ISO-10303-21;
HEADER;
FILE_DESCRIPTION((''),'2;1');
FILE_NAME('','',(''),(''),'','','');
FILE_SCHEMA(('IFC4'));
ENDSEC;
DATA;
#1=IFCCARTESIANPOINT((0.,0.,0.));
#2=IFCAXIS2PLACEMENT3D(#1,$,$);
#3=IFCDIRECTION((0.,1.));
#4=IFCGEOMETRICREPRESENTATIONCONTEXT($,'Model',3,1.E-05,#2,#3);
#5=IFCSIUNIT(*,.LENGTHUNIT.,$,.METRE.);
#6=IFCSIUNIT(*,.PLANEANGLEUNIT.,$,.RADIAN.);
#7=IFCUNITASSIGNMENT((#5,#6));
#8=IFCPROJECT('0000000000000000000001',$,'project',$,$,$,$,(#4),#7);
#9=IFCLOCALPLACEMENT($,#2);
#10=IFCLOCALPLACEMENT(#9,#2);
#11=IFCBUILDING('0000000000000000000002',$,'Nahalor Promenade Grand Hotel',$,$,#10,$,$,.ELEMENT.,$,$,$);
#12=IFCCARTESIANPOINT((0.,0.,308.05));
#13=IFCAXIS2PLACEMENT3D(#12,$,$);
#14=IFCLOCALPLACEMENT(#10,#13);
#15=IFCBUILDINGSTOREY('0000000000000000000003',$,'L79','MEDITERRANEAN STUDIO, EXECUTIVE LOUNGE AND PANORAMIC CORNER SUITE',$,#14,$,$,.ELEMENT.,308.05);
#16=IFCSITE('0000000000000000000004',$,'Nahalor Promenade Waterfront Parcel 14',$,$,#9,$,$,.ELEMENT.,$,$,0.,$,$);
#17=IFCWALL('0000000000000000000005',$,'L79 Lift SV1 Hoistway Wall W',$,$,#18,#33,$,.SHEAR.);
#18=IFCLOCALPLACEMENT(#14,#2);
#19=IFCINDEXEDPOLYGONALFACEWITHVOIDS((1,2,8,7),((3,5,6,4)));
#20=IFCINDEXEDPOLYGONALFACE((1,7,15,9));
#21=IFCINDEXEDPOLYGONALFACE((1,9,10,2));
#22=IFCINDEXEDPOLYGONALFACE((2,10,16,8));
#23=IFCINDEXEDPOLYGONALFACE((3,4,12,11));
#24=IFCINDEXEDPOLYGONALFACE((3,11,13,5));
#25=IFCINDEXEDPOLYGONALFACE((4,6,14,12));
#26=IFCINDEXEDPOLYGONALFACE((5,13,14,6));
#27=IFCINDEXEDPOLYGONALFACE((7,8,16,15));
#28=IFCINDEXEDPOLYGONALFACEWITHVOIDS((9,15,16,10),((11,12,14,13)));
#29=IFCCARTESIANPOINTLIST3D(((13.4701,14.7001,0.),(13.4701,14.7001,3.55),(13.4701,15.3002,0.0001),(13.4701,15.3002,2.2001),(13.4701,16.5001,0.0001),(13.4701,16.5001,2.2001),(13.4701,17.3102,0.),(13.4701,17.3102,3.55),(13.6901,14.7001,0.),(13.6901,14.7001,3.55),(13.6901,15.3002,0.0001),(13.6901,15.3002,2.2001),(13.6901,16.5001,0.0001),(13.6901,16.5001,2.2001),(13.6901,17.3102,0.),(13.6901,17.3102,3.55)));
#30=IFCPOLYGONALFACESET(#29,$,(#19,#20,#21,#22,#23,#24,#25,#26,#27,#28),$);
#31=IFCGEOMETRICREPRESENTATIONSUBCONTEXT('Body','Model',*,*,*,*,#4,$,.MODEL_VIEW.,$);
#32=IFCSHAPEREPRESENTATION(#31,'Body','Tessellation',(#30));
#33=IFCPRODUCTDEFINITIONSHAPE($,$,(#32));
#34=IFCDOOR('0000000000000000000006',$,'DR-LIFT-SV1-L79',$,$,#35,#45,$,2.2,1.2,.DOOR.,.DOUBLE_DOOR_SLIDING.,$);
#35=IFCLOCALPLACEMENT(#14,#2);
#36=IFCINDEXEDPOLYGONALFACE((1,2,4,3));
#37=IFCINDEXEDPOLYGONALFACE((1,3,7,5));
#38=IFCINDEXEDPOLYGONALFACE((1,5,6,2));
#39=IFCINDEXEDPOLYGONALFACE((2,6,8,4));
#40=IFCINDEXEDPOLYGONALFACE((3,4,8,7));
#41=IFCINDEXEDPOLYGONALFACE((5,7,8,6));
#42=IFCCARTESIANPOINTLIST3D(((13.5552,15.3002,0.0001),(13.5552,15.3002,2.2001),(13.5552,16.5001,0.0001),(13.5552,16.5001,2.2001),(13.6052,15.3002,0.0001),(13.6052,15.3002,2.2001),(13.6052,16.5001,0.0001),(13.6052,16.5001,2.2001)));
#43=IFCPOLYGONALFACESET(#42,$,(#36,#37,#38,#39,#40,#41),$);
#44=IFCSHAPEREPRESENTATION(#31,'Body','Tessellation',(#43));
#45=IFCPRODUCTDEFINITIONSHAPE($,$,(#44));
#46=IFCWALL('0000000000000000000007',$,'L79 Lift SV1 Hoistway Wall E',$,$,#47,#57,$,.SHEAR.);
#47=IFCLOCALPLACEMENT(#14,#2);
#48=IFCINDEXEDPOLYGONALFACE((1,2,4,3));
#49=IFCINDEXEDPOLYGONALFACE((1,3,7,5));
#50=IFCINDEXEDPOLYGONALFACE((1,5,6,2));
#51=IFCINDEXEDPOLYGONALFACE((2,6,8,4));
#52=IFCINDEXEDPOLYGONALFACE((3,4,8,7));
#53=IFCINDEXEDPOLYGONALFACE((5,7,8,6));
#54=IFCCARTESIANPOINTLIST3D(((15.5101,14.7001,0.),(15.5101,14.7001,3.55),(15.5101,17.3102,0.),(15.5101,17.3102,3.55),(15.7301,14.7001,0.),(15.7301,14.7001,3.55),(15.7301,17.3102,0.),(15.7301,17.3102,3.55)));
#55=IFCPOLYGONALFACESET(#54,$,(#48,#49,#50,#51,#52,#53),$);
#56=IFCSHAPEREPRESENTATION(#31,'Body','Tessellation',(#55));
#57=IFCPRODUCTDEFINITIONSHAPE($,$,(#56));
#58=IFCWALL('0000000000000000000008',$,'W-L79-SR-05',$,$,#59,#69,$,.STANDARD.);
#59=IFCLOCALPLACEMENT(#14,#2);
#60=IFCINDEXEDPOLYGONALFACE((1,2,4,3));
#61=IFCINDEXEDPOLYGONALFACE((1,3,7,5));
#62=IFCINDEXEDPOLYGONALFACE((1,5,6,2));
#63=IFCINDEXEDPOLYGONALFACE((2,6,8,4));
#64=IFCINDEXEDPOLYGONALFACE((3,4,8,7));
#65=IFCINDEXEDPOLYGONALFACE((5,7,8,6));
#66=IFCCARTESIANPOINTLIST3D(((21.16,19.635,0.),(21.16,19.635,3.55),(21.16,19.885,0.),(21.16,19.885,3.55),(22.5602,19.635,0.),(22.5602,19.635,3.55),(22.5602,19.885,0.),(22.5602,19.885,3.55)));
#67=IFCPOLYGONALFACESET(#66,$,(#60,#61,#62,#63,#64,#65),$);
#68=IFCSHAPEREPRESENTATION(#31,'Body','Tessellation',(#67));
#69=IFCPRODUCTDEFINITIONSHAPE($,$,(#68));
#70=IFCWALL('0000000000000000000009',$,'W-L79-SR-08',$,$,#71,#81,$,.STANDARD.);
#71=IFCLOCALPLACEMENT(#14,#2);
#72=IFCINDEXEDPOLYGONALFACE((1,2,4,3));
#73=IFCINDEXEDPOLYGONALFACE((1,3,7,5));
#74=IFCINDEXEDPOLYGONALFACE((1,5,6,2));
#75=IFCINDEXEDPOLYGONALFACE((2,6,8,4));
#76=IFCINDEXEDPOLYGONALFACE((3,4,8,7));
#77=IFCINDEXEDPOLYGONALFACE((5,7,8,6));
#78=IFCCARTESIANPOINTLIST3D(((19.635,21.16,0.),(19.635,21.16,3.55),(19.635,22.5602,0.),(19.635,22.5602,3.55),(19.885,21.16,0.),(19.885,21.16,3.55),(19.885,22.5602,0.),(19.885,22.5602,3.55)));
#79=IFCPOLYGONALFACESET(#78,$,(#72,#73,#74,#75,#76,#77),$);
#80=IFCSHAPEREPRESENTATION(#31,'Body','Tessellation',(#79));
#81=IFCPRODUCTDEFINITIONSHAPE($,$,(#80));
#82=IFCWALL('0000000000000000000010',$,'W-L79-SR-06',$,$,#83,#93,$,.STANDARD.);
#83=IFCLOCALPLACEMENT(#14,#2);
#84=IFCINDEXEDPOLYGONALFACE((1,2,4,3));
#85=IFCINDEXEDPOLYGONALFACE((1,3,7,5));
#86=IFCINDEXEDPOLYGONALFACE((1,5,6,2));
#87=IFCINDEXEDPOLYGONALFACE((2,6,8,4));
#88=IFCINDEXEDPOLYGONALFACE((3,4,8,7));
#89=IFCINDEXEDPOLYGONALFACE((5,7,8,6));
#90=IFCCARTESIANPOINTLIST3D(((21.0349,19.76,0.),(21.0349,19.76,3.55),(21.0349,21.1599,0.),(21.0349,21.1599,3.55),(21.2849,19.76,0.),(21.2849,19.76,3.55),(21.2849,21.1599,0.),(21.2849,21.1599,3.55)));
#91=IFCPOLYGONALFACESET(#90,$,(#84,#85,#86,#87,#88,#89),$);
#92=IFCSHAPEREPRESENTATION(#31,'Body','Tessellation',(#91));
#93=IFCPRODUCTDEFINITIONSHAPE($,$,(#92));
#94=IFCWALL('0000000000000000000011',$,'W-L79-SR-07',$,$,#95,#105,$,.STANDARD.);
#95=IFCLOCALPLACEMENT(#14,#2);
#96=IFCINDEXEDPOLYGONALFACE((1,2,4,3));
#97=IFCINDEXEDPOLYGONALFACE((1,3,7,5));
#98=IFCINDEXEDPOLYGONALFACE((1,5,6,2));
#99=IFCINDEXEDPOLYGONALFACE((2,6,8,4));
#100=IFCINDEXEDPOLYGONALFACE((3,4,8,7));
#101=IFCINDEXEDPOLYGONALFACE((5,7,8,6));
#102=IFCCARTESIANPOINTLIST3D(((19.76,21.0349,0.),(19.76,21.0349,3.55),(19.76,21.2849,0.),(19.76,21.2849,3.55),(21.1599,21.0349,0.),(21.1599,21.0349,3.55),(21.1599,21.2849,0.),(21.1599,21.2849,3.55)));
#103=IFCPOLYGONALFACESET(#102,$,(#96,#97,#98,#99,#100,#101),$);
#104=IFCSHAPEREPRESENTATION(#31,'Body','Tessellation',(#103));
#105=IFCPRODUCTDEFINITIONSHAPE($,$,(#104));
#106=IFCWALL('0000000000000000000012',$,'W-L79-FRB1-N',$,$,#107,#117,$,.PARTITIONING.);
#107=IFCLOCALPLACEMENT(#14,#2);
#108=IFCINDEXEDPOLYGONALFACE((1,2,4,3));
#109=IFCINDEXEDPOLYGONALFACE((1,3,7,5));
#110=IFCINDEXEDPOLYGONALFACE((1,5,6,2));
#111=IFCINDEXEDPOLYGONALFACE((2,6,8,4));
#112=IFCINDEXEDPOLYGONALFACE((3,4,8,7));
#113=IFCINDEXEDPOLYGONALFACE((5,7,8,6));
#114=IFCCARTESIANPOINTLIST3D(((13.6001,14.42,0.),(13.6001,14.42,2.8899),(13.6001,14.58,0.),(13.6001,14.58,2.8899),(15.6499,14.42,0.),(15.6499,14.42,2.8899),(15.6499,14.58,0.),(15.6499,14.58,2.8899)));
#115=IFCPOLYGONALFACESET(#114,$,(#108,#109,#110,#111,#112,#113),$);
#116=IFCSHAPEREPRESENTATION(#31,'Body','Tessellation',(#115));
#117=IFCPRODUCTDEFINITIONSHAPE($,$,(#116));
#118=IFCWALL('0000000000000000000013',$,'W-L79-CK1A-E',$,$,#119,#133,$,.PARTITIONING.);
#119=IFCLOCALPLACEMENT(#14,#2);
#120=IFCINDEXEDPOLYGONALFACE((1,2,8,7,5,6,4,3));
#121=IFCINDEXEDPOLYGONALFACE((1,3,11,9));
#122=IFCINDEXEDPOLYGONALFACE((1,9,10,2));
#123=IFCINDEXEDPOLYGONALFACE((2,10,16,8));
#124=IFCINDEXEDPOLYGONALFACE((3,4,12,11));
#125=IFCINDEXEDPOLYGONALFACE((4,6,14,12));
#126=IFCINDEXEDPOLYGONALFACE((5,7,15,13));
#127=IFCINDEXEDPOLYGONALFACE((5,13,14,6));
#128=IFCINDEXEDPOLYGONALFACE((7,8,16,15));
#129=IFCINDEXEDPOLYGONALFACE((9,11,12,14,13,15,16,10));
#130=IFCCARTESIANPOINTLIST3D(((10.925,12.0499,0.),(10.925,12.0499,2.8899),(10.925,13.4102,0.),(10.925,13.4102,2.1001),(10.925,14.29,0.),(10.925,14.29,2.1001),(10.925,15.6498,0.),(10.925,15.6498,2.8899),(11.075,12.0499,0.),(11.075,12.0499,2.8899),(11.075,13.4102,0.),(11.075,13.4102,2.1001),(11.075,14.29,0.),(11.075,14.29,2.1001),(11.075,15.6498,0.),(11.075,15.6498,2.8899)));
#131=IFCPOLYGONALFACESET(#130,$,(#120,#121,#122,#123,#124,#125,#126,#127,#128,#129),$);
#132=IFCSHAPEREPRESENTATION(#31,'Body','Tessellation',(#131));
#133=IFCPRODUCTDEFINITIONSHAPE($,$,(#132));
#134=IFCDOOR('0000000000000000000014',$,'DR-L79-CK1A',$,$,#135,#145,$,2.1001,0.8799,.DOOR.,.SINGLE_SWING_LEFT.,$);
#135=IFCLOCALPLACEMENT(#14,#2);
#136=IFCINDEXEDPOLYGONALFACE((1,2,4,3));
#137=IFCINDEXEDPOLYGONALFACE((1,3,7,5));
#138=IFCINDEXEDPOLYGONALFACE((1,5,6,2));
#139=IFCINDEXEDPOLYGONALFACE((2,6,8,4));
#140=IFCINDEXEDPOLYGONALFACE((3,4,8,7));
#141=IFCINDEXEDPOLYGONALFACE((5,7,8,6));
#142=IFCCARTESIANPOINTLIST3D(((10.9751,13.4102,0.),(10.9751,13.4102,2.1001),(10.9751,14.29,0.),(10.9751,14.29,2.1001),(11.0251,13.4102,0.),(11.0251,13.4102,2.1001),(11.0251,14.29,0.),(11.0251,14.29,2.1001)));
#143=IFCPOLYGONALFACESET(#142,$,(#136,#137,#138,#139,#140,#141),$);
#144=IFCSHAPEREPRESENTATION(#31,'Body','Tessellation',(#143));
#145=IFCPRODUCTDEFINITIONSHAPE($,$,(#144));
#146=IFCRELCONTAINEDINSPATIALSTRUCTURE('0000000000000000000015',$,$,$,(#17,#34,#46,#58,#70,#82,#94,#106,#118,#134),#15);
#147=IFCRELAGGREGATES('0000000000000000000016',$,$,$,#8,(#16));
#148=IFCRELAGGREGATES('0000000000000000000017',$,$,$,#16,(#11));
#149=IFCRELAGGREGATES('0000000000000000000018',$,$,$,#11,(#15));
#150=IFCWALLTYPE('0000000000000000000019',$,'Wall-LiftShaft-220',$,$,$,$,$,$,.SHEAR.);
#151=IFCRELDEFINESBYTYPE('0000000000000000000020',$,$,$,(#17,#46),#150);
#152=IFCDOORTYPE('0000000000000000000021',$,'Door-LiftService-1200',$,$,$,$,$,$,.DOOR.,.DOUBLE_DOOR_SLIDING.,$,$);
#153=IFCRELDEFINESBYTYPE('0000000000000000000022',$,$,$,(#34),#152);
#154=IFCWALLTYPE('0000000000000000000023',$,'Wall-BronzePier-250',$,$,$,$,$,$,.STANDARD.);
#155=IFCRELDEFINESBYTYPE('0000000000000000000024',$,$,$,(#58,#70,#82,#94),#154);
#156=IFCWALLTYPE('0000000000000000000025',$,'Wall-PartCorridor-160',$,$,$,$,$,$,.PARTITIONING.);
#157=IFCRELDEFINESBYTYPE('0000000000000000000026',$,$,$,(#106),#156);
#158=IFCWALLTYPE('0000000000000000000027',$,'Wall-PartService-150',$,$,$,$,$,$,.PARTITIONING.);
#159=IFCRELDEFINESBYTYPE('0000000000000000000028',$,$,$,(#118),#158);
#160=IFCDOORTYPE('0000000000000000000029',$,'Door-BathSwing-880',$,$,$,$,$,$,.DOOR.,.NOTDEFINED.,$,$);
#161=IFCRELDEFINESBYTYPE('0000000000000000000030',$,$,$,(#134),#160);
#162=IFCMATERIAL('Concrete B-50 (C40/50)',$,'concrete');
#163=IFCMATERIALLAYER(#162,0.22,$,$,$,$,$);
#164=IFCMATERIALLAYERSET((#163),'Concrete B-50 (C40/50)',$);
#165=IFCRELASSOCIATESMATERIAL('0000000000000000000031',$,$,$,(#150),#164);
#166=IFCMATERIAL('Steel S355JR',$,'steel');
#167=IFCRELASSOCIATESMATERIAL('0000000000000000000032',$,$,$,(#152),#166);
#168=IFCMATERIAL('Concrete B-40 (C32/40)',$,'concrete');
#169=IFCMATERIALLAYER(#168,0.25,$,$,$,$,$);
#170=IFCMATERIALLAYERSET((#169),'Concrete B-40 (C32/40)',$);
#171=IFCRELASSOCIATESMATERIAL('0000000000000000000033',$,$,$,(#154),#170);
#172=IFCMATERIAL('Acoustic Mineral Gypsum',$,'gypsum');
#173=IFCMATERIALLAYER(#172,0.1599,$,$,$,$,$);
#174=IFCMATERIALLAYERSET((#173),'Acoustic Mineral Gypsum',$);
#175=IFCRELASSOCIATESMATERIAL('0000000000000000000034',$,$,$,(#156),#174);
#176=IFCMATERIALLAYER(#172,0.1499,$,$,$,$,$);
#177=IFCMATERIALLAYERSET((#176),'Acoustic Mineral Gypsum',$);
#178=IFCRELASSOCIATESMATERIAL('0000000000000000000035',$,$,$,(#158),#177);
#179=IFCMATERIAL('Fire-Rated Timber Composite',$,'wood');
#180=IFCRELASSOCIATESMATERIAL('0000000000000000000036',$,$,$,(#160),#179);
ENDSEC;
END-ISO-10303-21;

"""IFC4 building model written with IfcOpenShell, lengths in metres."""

from ifc_helpers import new_model, si_unit, direction, frame, frame_2d, origin, place, context, subcontext, project, spatial, rectangle, extrude, source, transform, mapped, material, layer, layer_set, type_object, element, fill, save


model = new_model("IFC4")

# Units and contexts
model_context = context("Model", 3, precision=1e-05, world=origin(), true_north=direction((0.0, 1.0)))
body_context = subcontext(model_context, "Body", "Model", "MODEL_VIEW")
ifc_project = project(units=[si_unit("LENGTHUNIT", "METRE"), si_unit("PLANEANGLEUNIT", "RADIAN")], contexts=[model_context])

# Site, building, storey
site_placement = place(None, origin())
site = spatial("IfcSite", under=ifc_project, at=site_placement, Name="Nahalor Promenade Waterfront Parcel 14", CompositionType="ELEMENT", RefElevation=0.0)
building_placement = place(site_placement, origin())
building = spatial("IfcBuilding", under=site, at=building_placement, Name="Nahalor Promenade Grand Hotel", CompositionType="ELEMENT")
storey_placement = place(building_placement, frame((0.0, 0.0, 308.05)))
storey = spatial("IfcBuildingStorey", under=building, at=storey_placement, Name="L79", Description="MEDITERRANEAN STUDIO, EXECUTIVE LOUNGE AND PANORAMIC CORNER SUITE", CompositionType="ELEMENT", Elevation=308.05)

# Shared definitions
ifc_material_1 = material(Name="Concrete B-50 (C40/50)", Category="concrete")
ifc_material_2 = material(Name="Steel S355JR", Category="steel")

# Shared definitions
ifc_layer_1 = layer(ifc_material_1, 0.22)
ifc_layer_set_1 = layer_set([ifc_layer_1], Name="Concrete B-50 (C40/50)")
wall_type_1 = type_object("IfcWallType", Name="Wall-LiftShaft-220", PredefinedType="SHEAR", material=ifc_layer_set_1)

# Wall, opening, door
shared_shape_1 = source(origin(), body_context, "Body", "SweptSolid", [
    extrude(rectangle(XDim=2.6101, YDim=0.22, at=frame_2d((1.3052, 0.0))), origin(), (0.0, 0.0, 1.0), 3.55),
])
wall_1_placement = place(storey_placement, frame((13.5801, 14.7, 0.0), z_axis=(0.0, 0.0, 1.0), x_axis=(0.0, 1.0, 0.0)))
wall_1 = element("IfcWall", 1, at=wall_1_placement, inside=storey, type_object=wall_type_1, Name="L79 Lift SV1 Hoistway Wall W", PredefinedType="SHEAR", context=body_context, shape_type="MappedRepresentation", body=[
    mapped(shared_shape_1, transform((0.0, 0.0, 0.0), scale=1.0)),
])
opening_1_placement = place(wall_1_placement, frame((0.6001, 0.0, 0.0)))
opening_1 = element("IfcOpeningElement", 2, at=opening_1_placement, cuts=wall_1, PredefinedType="OPENING", context=body_context, shape_type="SweptSolid", body=[
    extrude(rectangle(XDim=1.2, YDim=2.2, at=frame_2d((0.6001, 1.1001))), frame((0.0, 0.1199, 0.0), z_axis=(0.0, -1.0, 0.0), x_axis=(1.0, 0.0, 0.0)), (0.0, 0.0, 1.0), 0.24),
])
door_type_1 = type_object("IfcDoorType", Name="Door-LiftService-1200", OperationType="DOUBLE_DOOR_SLIDING", PredefinedType="DOOR", material=ifc_material_2)
shared_shape_2 = source(origin(), body_context, "Body", "SweptSolid", [
    extrude(rectangle(XDim=1.2, YDim=2.2, at=frame_2d((0.6001, 1.1001))), frame((0.0, 0.0249, 0.0), z_axis=(0.0, -1.0, 0.0), x_axis=(1.0, 0.0, 0.0)), (0.0, 0.0, 1.0), 0.05),
])
door_1_placement = place(opening_1_placement, origin())
door_1 = element("IfcDoor", 3, at=door_1_placement, inside=storey, type_object=door_type_1, Name="DR-LIFT-SV1-L79", OperationType="DOUBLE_DOOR_SLIDING", OverallHeight=2.2, OverallWidth=1.2, PredefinedType="DOOR", context=body_context, shape_type="MappedRepresentation", body=[
    mapped(shared_shape_2, transform((0.0, 0.0, 0.0), scale=1.0)),
])
fill(opening_1, door_1)

# Walls
wall_2_placement = place(storey_placement, frame((15.6201, 14.7, 0.0), z_axis=(0.0, 0.0, 1.0), x_axis=(0.0, 1.0, 0.0)))
element("IfcWall", 4, at=wall_2_placement, inside=storey, type_object=wall_type_1, Name="L79 Lift SV1 Hoistway Wall E", PredefinedType="SHEAR", context=body_context, shape_type="MappedRepresentation", body=[
    mapped(shared_shape_1, transform((0.0, 0.0, 0.0), scale=1.0)),
])
ifc_material_3 = material(Name="Concrete B-40 (C32/40)", Category="concrete")
ifc_layer_2 = layer(ifc_material_3, 0.25)
ifc_layer_set_2 = layer_set([ifc_layer_2], Name="Concrete B-40 (C32/40)")
wall_type_2 = type_object("IfcWallType", Name="Wall-BronzePier-250", PredefinedType="STANDARD", material=ifc_layer_set_2)
shared_shape_3 = source(origin(), body_context, "Body", "SweptSolid", [
    extrude(rectangle(XDim=1.4001, YDim=0.25, at=frame_2d((0.7002, 0.0))), origin(), (0.0, 0.0, 1.0), 3.55),
])
for number, where, z_axis, x_axis, name in (
    (5, (21.1599, 19.76, 0.0), (0.0, 0.0, 1.0), (1.0, 0.0, 0.0), "W-L79-SR-05"),
    (6, (19.76, 21.1599, 0.0), (0.0, 0.0, 1.0), (0.0, 1.0, 0.0), "W-L79-SR-08"),
):
    element("IfcWall", number, at=place(storey_placement, frame(where, z_axis=z_axis, x_axis=x_axis)), inside=storey, type_object=wall_type_2, Name=name, PredefinedType="STANDARD", context=body_context, shape_type="MappedRepresentation", body=[
        mapped(shared_shape_3, transform((0.0, 0.0, 0.0), scale=1.0)),
    ])
shared_shape_4 = source(origin(), body_context, "Body", "SweptSolid", [
    extrude(rectangle(XDim=1.3999, YDim=0.25, at=frame_2d((0.7, 0.0))), origin(), (0.0, 0.0, 1.0), 3.55),
])
for number, where, z_axis, x_axis, name in (
    (7, (21.1599, 19.76, 0.0), (0.0, 0.0, 1.0), (0.0, 1.0, 0.0), "W-L79-SR-06"),
    (8, (19.76, 21.1599, 0.0), (0.0, 0.0, 1.0), (1.0, 0.0, 0.0), "W-L79-SR-07"),
):
    element("IfcWall", number, at=place(storey_placement, frame(where, z_axis=z_axis, x_axis=x_axis)), inside=storey, type_object=wall_type_2, Name=name, PredefinedType="STANDARD", context=body_context, shape_type="MappedRepresentation", body=[
        mapped(shared_shape_4, transform((0.0, 0.0, 0.0), scale=1.0)),
    ])
ifc_material_4 = material(Name="Acoustic Mineral Gypsum", Category="gypsum")
ifc_layer_3 = layer(ifc_material_4, 0.1599)
ifc_layer_set_3 = layer_set([ifc_layer_3], Name="Acoustic Mineral Gypsum")
wall_type_3 = type_object("IfcWallType", Name="Wall-PartCorridor-160", PredefinedType="PARTITIONING", material=ifc_layer_set_3)
shared_shape_5 = source(origin(), body_context, "Body", "SweptSolid", [
    extrude(rectangle(XDim=2.0498, YDim=0.1599, at=frame_2d((1.0249, 0.0))), origin(), (0.0, 0.0, 1.0), 2.8899),
])
wall_3_placement = place(storey_placement, frame((13.6001, 14.5, 0.0), z_axis=(0.0, 0.0, 1.0), x_axis=(1.0, 0.0, 0.0)))
element("IfcWall", 9, at=wall_3_placement, inside=storey, type_object=wall_type_3, Name="W-L79-FRB1-N", PredefinedType="PARTITIONING", context=body_context, shape_type="MappedRepresentation", body=[
    mapped(shared_shape_5, transform((0.0, 0.0, 0.0), scale=1.0)),
])

# Wall, opening, door
ifc_layer_4 = layer(ifc_material_4, 0.1499)
ifc_layer_set_4 = layer_set([ifc_layer_4], Name="Acoustic Mineral Gypsum")
wall_type_4 = type_object("IfcWallType", Name="Wall-PartService-150", PredefinedType="PARTITIONING", material=ifc_layer_set_4)
shared_shape_6 = source(origin(), body_context, "Body", "SweptSolid", [
    extrude(rectangle(XDim=3.5999, YDim=0.1499, at=frame_2d((1.7998, 0.0))), origin(), (0.0, 0.0, 1.0), 2.8899),
])
wall_4_placement = place(storey_placement, frame((11.0, 12.05, 0.0), z_axis=(0.0, 0.0, 1.0), x_axis=(0.0, 1.0, 0.0)))
wall_4 = element("IfcWall", 10, at=wall_4_placement, inside=storey, type_object=wall_type_4, Name="W-L79-CK1A-E", PredefinedType="PARTITIONING", context=body_context, shape_type="MappedRepresentation", body=[
    mapped(shared_shape_6, transform((0.0, 0.0, 0.0), scale=1.0)),
])
opening_2_placement = place(wall_4_placement, frame((1.3601, 0.0, 0.0)))
opening_2 = element("IfcOpeningElement", 11, at=opening_2_placement, cuts=wall_4, PredefinedType="OPENING", context=body_context, shape_type="SweptSolid", body=[
    extrude(rectangle(XDim=0.8799, YDim=2.1001, at=frame_2d((0.4399, 1.05))), frame((0.0, 0.085, 0.0), z_axis=(0.0, -1.0, 0.0), x_axis=(1.0, 0.0, 0.0)), (0.0, 0.0, 1.0), 0.1699),
])
ifc_material_5 = material(Name="Fire-Rated Timber Composite", Category="wood")
door_type_2 = type_object("IfcDoorType", Name="Door-BathSwing-880", OperationType="NOTDEFINED", PredefinedType="DOOR", material=ifc_material_5)
shared_shape_7 = source(origin(), body_context, "Body", "SweptSolid", [
    extrude(rectangle(XDim=0.8799, YDim=2.1001, at=frame_2d((0.4399, 1.05))), frame((0.0, 0.0249, 0.0), z_axis=(0.0, -1.0, 0.0), x_axis=(1.0, 0.0, 0.0)), (0.0, 0.0, 1.0), 0.05),
])
door_2_placement = place(opening_2_placement, origin())
door_2 = element("IfcDoor", 12, at=door_2_placement, inside=storey, type_object=door_type_2, Name="DR-L79-CK1A", OperationType="SINGLE_SWING_LEFT", OverallHeight=2.1001, OverallWidth=0.8799, PredefinedType="DOOR", context=body_context, shape_type="MappedRepresentation", body=[
    mapped(shared_shape_7, transform((0.0, 0.0, 0.0), scale=1.0)),
])
fill(opening_2, door_2)

save(model, "model.ifc")
